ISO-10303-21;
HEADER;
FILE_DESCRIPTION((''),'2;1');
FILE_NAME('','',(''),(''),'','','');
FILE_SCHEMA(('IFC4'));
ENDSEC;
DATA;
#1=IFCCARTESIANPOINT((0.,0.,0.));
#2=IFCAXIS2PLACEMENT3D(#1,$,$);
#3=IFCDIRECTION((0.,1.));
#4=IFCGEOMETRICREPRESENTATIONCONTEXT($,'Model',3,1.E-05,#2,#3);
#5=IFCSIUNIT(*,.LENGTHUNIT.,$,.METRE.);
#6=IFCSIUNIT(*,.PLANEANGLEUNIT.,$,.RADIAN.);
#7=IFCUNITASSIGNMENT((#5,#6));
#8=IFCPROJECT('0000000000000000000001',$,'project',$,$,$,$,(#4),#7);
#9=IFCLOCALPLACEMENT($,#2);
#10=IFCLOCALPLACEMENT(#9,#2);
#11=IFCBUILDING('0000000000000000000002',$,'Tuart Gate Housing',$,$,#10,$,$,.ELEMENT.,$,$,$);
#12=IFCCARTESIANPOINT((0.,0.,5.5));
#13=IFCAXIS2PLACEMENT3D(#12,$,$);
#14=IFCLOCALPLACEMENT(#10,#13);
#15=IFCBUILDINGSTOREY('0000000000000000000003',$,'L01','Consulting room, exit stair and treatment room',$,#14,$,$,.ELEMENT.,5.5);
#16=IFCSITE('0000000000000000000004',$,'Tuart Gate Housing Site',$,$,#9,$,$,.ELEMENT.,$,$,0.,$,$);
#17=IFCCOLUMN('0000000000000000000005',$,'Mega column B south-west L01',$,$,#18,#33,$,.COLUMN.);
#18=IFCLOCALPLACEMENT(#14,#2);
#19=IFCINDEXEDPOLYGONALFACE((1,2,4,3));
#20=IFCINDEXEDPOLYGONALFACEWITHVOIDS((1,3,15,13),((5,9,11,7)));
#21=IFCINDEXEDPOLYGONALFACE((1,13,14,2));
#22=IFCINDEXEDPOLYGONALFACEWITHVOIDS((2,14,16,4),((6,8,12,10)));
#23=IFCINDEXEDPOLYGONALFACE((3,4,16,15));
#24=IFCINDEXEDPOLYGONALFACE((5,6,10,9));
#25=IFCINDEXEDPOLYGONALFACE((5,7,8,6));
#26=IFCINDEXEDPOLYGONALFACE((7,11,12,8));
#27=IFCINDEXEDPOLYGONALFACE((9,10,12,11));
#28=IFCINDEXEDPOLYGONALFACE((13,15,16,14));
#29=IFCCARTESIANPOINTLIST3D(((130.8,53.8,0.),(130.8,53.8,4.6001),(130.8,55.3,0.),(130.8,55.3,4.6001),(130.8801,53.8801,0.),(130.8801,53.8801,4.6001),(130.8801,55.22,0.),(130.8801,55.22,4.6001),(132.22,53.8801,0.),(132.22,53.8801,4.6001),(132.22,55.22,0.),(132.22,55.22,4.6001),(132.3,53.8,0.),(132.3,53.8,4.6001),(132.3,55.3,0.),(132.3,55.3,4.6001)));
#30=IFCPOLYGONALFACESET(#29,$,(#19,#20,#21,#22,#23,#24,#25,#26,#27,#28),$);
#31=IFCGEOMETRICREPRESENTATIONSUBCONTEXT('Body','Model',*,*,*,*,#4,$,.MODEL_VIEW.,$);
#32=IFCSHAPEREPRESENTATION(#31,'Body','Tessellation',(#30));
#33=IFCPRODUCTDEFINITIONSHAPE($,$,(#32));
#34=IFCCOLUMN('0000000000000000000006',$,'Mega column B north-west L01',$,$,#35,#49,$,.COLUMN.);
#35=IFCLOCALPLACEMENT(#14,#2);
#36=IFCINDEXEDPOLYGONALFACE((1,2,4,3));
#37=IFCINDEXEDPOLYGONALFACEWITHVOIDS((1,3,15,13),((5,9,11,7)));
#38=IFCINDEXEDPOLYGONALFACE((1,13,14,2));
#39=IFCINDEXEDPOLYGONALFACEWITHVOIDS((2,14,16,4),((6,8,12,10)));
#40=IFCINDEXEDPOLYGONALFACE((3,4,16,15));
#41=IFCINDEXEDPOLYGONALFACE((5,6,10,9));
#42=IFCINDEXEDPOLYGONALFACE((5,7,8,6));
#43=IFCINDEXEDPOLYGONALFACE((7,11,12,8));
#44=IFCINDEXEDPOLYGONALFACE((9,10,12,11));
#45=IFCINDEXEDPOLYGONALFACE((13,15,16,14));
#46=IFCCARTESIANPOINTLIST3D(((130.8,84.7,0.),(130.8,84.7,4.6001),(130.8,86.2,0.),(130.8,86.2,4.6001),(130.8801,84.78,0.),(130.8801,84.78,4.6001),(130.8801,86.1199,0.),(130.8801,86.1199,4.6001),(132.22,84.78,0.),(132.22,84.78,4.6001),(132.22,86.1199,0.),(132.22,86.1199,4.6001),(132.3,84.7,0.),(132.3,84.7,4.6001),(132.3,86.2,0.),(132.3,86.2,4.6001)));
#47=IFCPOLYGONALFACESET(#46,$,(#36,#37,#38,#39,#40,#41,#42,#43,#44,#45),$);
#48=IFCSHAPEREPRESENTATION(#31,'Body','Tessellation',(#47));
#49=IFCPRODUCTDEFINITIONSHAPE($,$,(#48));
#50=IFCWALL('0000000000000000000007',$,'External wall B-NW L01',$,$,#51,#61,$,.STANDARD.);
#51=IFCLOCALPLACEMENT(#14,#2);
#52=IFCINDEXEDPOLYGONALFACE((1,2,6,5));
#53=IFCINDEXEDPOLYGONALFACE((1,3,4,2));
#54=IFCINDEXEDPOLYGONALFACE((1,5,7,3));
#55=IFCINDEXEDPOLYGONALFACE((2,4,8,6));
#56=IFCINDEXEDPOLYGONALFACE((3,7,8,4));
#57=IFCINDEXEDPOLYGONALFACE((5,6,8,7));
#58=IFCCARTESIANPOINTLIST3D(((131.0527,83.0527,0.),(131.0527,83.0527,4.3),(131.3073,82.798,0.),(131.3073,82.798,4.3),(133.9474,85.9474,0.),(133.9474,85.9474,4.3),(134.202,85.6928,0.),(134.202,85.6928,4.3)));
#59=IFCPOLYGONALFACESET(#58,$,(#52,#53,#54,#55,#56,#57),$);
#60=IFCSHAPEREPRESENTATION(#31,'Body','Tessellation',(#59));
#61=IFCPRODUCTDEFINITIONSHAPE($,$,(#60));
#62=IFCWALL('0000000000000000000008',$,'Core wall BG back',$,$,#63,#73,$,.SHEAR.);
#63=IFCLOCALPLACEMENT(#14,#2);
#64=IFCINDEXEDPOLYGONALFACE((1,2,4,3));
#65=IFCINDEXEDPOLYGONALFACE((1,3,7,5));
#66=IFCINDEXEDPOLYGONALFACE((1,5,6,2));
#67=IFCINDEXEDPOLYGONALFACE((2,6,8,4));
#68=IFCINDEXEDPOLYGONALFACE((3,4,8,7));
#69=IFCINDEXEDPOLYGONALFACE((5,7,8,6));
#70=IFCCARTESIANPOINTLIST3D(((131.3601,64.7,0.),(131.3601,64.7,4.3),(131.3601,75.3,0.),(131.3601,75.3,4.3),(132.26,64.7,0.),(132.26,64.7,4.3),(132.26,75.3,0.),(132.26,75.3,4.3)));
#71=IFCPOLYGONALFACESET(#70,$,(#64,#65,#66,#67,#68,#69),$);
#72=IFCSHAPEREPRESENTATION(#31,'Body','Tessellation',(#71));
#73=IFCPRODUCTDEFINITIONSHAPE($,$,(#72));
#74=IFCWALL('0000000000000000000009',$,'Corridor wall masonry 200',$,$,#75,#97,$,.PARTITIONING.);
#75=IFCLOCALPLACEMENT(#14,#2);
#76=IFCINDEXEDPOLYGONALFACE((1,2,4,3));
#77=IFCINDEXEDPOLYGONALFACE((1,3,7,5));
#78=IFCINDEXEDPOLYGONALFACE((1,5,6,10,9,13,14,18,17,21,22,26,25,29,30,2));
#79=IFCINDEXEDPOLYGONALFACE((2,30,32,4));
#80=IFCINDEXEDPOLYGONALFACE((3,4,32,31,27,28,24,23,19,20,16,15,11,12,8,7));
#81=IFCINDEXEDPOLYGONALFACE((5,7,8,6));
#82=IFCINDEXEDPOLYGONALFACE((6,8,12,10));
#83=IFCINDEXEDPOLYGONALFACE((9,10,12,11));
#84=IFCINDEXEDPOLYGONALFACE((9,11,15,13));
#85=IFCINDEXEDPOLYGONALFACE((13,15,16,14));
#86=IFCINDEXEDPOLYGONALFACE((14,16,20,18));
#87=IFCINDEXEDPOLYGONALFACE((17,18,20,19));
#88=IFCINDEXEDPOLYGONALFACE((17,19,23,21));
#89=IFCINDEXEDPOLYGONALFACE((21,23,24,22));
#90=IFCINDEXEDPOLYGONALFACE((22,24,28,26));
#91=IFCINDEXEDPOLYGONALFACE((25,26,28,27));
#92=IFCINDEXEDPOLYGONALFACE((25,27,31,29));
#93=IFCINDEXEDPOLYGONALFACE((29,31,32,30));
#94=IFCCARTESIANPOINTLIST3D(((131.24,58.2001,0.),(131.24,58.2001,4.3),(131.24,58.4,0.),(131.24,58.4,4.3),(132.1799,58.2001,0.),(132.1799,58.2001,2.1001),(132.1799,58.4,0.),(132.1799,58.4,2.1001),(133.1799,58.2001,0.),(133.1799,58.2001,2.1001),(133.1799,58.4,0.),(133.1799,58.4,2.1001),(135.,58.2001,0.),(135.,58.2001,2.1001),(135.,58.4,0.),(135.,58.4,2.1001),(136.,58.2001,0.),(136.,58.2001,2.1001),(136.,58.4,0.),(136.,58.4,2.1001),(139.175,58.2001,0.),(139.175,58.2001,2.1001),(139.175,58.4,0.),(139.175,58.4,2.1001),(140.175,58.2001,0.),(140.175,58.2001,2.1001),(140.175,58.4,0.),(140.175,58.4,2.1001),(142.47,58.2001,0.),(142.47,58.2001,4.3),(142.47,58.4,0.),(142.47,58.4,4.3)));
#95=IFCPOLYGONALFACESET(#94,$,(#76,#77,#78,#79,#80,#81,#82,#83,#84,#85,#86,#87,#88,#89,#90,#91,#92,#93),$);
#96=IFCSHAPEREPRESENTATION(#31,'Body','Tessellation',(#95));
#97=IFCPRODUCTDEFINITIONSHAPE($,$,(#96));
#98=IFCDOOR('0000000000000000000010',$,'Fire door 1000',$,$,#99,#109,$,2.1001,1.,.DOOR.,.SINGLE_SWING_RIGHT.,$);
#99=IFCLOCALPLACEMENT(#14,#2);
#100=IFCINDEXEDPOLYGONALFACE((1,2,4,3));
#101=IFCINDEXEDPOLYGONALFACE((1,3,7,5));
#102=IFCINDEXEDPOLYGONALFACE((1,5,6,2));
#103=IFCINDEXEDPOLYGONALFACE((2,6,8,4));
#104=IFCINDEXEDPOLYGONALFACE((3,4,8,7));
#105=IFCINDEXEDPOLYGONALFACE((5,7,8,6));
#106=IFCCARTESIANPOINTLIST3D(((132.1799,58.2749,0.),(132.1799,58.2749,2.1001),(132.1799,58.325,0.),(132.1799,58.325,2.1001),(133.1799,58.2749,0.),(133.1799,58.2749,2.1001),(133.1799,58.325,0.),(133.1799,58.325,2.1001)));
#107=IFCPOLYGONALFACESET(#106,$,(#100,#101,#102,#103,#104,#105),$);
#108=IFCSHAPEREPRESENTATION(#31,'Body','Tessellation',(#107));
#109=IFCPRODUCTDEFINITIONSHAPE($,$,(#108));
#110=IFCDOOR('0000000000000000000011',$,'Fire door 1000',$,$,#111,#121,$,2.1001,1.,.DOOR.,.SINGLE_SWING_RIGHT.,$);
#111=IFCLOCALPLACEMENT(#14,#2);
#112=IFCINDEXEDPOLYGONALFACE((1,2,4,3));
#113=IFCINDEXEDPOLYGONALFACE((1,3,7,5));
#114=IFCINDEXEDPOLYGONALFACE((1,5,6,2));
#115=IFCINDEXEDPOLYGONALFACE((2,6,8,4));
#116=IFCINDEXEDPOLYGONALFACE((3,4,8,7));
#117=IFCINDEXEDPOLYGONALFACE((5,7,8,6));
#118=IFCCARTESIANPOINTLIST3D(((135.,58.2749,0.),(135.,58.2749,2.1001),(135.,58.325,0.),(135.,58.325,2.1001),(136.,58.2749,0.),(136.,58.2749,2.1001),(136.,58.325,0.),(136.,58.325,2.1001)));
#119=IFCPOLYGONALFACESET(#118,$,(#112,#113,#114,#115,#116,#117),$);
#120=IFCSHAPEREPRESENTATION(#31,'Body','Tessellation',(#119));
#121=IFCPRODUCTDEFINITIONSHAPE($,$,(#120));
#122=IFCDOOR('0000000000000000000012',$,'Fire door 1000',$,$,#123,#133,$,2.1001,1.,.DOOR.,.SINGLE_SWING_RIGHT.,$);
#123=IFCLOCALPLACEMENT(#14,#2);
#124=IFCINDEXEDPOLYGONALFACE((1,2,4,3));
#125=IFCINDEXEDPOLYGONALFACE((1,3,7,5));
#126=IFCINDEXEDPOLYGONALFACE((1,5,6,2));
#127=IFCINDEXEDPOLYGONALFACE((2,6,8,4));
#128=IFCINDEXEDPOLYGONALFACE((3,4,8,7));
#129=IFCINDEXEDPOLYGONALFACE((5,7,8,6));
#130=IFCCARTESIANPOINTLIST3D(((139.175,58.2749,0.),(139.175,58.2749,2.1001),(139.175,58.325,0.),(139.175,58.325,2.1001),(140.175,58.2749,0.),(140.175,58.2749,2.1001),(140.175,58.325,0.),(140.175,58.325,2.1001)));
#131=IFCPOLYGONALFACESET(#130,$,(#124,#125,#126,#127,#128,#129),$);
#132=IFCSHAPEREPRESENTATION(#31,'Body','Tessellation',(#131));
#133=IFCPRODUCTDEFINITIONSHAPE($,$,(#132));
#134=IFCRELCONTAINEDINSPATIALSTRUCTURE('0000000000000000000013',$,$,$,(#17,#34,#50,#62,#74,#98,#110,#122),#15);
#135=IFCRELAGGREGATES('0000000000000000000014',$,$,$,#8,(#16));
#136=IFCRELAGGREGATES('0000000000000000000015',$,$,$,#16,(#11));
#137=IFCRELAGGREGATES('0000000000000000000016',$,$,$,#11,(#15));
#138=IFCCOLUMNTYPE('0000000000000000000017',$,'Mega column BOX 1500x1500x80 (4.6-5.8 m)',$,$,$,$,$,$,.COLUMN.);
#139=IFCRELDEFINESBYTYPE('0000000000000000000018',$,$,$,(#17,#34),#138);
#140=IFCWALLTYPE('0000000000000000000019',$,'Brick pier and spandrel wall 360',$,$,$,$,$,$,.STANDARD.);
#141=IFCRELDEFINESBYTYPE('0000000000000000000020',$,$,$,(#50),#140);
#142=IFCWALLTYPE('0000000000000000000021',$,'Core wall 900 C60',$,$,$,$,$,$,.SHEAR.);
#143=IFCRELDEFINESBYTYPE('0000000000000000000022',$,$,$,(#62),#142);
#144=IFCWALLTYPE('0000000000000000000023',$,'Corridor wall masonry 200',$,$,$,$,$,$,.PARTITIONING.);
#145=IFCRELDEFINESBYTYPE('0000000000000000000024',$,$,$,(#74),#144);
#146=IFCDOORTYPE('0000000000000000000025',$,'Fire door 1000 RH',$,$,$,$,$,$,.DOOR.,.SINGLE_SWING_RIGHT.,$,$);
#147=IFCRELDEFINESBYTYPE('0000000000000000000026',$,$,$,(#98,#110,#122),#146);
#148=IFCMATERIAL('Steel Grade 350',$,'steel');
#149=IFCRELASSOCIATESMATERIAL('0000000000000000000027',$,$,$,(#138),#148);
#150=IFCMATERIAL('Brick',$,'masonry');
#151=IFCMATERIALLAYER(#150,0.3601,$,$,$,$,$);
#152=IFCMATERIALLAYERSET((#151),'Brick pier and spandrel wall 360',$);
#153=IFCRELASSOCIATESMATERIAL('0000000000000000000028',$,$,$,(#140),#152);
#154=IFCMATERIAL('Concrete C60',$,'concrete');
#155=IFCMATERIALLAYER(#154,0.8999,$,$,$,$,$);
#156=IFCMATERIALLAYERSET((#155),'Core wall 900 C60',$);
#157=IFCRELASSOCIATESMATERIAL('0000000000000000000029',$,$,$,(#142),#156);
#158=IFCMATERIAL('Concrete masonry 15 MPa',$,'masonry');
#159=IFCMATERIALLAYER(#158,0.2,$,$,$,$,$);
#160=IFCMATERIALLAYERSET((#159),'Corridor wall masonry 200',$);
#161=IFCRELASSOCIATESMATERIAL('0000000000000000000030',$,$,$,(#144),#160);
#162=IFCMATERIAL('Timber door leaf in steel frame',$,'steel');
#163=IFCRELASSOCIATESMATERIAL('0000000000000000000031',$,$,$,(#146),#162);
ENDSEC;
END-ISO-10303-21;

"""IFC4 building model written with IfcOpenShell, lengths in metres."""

from ifc_helpers import new_model, si_unit, direction, frame, frame_2d, origin, origin_2d, place, context, subcontext, project, spatial, rectangle, hollow_rectangle, extrude, material, layer, layer_set, material_profile, profile_set, type_object, element, fill, save


model = new_model("IFC4")

# Units and contexts
model_context = context("Model", 3, precision=1e-05, world=origin(), true_north=direction((0.0, 1.0)))
body_context = subcontext(model_context, "Body", "Model", "MODEL_VIEW")
ifc_project = project(units=[si_unit("LENGTHUNIT", "METRE"), si_unit("PLANEANGLEUNIT", "RADIAN")], contexts=[model_context])

# Site, building, storey
site_placement = place(None, origin())
site = spatial("IfcSite", under=ifc_project, at=site_placement, Name="Tuart Gate Housing Site", CompositionType="ELEMENT", RefElevation=0.0)
building_placement = place(site_placement, origin())
building = spatial("IfcBuilding", under=site, at=building_placement, Name="Tuart Gate Housing", CompositionType="ELEMENT")
storey_placement = place(building_placement, frame((0.0, 0.0, 5.5)))
storey = spatial("IfcBuildingStorey", under=building, at=storey_placement, Name="L01", Description="Consulting room, exit stair and treatment room", CompositionType="ELEMENT", Elevation=5.5)

# Columns
ifc_material_1 = material(Name="Steel Grade 350", Category="steel")
ifc_material_profile = material_profile(ifc_material_1, hollow_rectangle(XDim=1.5, YDim=1.5, WallThickness=0.0801, at=origin_2d()), Name="BOX 1500x1500x80")
ifc_profile_set = profile_set([ifc_material_profile], Name="Steel Grade 350")
column_type = type_object("IfcColumnType", Name="Mega column BOX 1500x1500x80 (4.6-5.8 m)", PredefinedType="COLUMN", material=ifc_profile_set)
for number, where, z_axis, x_axis, name in (
    (1, (131.55, 54.55, 0.0), (0.0, 0.0, 1.0), (1.0, 0.0, 0.0), "Mega column B south-west L01"),
    (2, (131.55, 85.45, 0.0), (0.0, 0.0, 1.0), (1.0, 0.0, 0.0), "Mega column B north-west L01"),
):
    element("IfcColumn", number, at=place(storey_placement, frame(where, z_axis=z_axis, x_axis=x_axis)), inside=storey, type_object=column_type, Name=name, PredefinedType="COLUMN", context=body_context, shape_type="SweptSolid", body=[
        extrude(hollow_rectangle(XDim=1.5, YDim=1.5, WallThickness=0.0801, at=origin_2d()), origin(), (0.0, 0.0, 1.0), 4.6001),
    ])

# Walls
ifc_material_2 = material(Name="Brick", Category="masonry")
ifc_layer_1 = layer(ifc_material_2, 0.3601)
ifc_layer_set_1 = layer_set([ifc_layer_1], Name="Brick pier and spandrel wall 360")
wall_type_1 = type_object("IfcWallType", Name="Brick pier and spandrel wall 360", PredefinedType="STANDARD", material=ifc_layer_set_1)
wall_1_placement = place(storey_placement, frame((134.0747, 85.8201, 0.0), z_axis=(0.0, 0.0, 1.0), x_axis=(-0.707107, -0.707107, 0.0)))
element("IfcWall", 3, at=wall_1_placement, inside=storey, type_object=wall_type_1, Name="External wall B-NW L01", PredefinedType="STANDARD", context=body_context, shape_type="SweptSolid", body=[
    extrude(rectangle(XDim=4.0938, YDim=0.3601, at=frame_2d((2.0469, 0.0))), origin(), (0.0, 0.0, 1.0), 4.3),
])
ifc_material_3 = material(Name="Concrete C60", Category="concrete")
ifc_layer_2 = layer(ifc_material_3, 0.8999)
ifc_layer_set_2 = layer_set([ifc_layer_2], Name="Core wall 900 C60")
wall_type_2 = type_object("IfcWallType", Name="Core wall 900 C60", PredefinedType="SHEAR", material=ifc_layer_set_2)
wall_2_placement = place(storey_placement, frame((131.8101, 64.7, 0.0), z_axis=(0.0, 0.0, 1.0), x_axis=(0.0, 1.0, 0.0)))
element("IfcWall", 4, at=wall_2_placement, inside=storey, type_object=wall_type_2, Name="Core wall BG back", PredefinedType="SHEAR", context=body_context, shape_type="SweptSolid", body=[
    extrude(rectangle(XDim=10.6001, YDim=0.8999, at=frame_2d((5.3, 0.0))), origin(), (0.0, 0.0, 1.0), 4.3),
])

# Wall, openings, doors
ifc_material_4 = material(Name="Concrete masonry 15 MPa", Category="masonry")
ifc_layer_3 = layer(ifc_material_4, 0.2)
ifc_layer_set_3 = layer_set([ifc_layer_3], Name="Corridor wall masonry 200")
wall_type_3 = type_object("IfcWallType", Name="Corridor wall masonry 200", PredefinedType="PARTITIONING", material=ifc_layer_set_3)
wall_3_placement = place(storey_placement, frame((131.24, 58.3, 0.0), z_axis=(0.0, 0.0, 1.0), x_axis=(1.0, 0.0, 0.0)))
wall_3 = element("IfcWall", 5, at=wall_3_placement, inside=storey, type_object=wall_type_3, Name="Corridor wall masonry 200", PredefinedType="PARTITIONING", context=body_context, shape_type="SweptSolid", body=[
    extrude(rectangle(XDim=11.23, YDim=0.2, at=frame_2d((5.615, 0.0))), origin(), (0.0, 0.0, 1.0), 4.3),
])
opening_1_placement = place(wall_3_placement, frame((0.9399, 0.0, 0.0)))
opening_1 = element("IfcOpeningElement", 6, at=opening_1_placement, cuts=wall_3, PredefinedType="OPENING", context=body_context, shape_type="SweptSolid", body=[
    extrude(rectangle(XDim=1.0, YDim=2.1001, at=frame_2d((0.5, 1.05))), frame((0.0, 0.1099, 0.0), z_axis=(0.0, -1.0, 0.0), x_axis=(1.0, 0.0, 0.0)), (0.0, 0.0, 1.0), 0.22),
])
opening_2_placement = place(wall_3_placement, frame((3.76, 0.0, 0.0)))
opening_2 = element("IfcOpeningElement", 7, at=opening_2_placement, cuts=wall_3, PredefinedType="OPENING", context=body_context, shape_type="SweptSolid", body=[
    extrude(rectangle(XDim=1.0, YDim=2.1001, at=frame_2d((0.5, 1.05))), frame((0.0, 0.1099, 0.0), z_axis=(0.0, -1.0, 0.0), x_axis=(1.0, 0.0, 0.0)), (0.0, 0.0, 1.0), 0.22),
])
opening_3_placement = place(wall_3_placement, frame((7.9351, 0.0, 0.0)))
opening_3 = element("IfcOpeningElement", 8, at=opening_3_placement, cuts=wall_3, PredefinedType="OPENING", context=body_context, shape_type="SweptSolid", body=[
    extrude(rectangle(XDim=1.0, YDim=2.1001, at=frame_2d((0.5, 1.05))), frame((0.0, 0.1099, 0.0), z_axis=(0.0, -1.0, 0.0), x_axis=(1.0, 0.0, 0.0)), (0.0, 0.0, 1.0), 0.22),
])
ifc_material_5 = material(Name="Timber door leaf in steel frame", Category="steel")
door_type_1 = type_object("IfcDoorType", Name="Fire door 1000 RH", OperationType="SINGLE_SWING_RIGHT", PredefinedType="DOOR", material=ifc_material_5)
door_1_placement = place(opening_1_placement, frame((1.0, 0.0, 0.0), z_axis=(0.0, 0.0, 1.0), x_axis=(-1.0, 0.0, 0.0)))
door_1 = element("IfcDoor", 9, at=door_1_placement, inside=storey, type_object=door_type_1, Name="Fire door 1000", OperationType="SINGLE_SWING_RIGHT", OverallHeight=2.1001, OverallWidth=1.0, PredefinedType="DOOR", context=body_context, shape_type="SweptSolid", body=[
    extrude(rectangle(XDim=1.0, YDim=2.1001, at=frame_2d((0.5, 1.05))), frame((0.0, 0.0251, 0.0), z_axis=(0.0, -1.0, 0.0), x_axis=(1.0, 0.0, 0.0)), (0.0, 0.0, 1.0), 0.05),
])
fill(opening_1, door_1)
door_2_placement = place(opening_2_placement, frame((1.0, 0.0, 0.0), z_axis=(0.0, 0.0, 1.0), x_axis=(-1.0, 0.0, 0.0)))
door_2 = element("IfcDoor", 10, at=door_2_placement, inside=storey, type_object=door_type_1, Name="Fire door 1000", OperationType="SINGLE_SWING_RIGHT", OverallHeight=2.1001, OverallWidth=1.0, PredefinedType="DOOR", context=body_context, shape_type="SweptSolid", body=[
    extrude(rectangle(XDim=1.0, YDim=2.1001, at=frame_2d((0.5, 1.05))), frame((0.0, 0.0251, 0.0), z_axis=(0.0, -1.0, 0.0), x_axis=(1.0, 0.0, 0.0)), (0.0, 0.0, 1.0), 0.05),
])
fill(opening_2, door_2)
door_3_placement = place(opening_3_placement, frame((1.0, 0.0, 0.0), z_axis=(0.0, 0.0, 1.0), x_axis=(-1.0, 0.0, 0.0)))
door_3 = element("IfcDoor", 11, at=door_3_placement, inside=storey, type_object=door_type_1, Name="Fire door 1000", OperationType="SINGLE_SWING_RIGHT", OverallHeight=2.1001, OverallWidth=1.0, PredefinedType="DOOR", context=body_context, shape_type="SweptSolid", body=[
    extrude(rectangle(XDim=1.0, YDim=2.1001, at=frame_2d((0.5, 1.05))), frame((0.0, 0.0251, 0.0), z_axis=(0.0, -1.0, 0.0), x_axis=(1.0, 0.0, 0.0)), (0.0, 0.0, 1.0), 0.05),
])
fill(opening_3, door_3)

save(model, "model.ifc")
